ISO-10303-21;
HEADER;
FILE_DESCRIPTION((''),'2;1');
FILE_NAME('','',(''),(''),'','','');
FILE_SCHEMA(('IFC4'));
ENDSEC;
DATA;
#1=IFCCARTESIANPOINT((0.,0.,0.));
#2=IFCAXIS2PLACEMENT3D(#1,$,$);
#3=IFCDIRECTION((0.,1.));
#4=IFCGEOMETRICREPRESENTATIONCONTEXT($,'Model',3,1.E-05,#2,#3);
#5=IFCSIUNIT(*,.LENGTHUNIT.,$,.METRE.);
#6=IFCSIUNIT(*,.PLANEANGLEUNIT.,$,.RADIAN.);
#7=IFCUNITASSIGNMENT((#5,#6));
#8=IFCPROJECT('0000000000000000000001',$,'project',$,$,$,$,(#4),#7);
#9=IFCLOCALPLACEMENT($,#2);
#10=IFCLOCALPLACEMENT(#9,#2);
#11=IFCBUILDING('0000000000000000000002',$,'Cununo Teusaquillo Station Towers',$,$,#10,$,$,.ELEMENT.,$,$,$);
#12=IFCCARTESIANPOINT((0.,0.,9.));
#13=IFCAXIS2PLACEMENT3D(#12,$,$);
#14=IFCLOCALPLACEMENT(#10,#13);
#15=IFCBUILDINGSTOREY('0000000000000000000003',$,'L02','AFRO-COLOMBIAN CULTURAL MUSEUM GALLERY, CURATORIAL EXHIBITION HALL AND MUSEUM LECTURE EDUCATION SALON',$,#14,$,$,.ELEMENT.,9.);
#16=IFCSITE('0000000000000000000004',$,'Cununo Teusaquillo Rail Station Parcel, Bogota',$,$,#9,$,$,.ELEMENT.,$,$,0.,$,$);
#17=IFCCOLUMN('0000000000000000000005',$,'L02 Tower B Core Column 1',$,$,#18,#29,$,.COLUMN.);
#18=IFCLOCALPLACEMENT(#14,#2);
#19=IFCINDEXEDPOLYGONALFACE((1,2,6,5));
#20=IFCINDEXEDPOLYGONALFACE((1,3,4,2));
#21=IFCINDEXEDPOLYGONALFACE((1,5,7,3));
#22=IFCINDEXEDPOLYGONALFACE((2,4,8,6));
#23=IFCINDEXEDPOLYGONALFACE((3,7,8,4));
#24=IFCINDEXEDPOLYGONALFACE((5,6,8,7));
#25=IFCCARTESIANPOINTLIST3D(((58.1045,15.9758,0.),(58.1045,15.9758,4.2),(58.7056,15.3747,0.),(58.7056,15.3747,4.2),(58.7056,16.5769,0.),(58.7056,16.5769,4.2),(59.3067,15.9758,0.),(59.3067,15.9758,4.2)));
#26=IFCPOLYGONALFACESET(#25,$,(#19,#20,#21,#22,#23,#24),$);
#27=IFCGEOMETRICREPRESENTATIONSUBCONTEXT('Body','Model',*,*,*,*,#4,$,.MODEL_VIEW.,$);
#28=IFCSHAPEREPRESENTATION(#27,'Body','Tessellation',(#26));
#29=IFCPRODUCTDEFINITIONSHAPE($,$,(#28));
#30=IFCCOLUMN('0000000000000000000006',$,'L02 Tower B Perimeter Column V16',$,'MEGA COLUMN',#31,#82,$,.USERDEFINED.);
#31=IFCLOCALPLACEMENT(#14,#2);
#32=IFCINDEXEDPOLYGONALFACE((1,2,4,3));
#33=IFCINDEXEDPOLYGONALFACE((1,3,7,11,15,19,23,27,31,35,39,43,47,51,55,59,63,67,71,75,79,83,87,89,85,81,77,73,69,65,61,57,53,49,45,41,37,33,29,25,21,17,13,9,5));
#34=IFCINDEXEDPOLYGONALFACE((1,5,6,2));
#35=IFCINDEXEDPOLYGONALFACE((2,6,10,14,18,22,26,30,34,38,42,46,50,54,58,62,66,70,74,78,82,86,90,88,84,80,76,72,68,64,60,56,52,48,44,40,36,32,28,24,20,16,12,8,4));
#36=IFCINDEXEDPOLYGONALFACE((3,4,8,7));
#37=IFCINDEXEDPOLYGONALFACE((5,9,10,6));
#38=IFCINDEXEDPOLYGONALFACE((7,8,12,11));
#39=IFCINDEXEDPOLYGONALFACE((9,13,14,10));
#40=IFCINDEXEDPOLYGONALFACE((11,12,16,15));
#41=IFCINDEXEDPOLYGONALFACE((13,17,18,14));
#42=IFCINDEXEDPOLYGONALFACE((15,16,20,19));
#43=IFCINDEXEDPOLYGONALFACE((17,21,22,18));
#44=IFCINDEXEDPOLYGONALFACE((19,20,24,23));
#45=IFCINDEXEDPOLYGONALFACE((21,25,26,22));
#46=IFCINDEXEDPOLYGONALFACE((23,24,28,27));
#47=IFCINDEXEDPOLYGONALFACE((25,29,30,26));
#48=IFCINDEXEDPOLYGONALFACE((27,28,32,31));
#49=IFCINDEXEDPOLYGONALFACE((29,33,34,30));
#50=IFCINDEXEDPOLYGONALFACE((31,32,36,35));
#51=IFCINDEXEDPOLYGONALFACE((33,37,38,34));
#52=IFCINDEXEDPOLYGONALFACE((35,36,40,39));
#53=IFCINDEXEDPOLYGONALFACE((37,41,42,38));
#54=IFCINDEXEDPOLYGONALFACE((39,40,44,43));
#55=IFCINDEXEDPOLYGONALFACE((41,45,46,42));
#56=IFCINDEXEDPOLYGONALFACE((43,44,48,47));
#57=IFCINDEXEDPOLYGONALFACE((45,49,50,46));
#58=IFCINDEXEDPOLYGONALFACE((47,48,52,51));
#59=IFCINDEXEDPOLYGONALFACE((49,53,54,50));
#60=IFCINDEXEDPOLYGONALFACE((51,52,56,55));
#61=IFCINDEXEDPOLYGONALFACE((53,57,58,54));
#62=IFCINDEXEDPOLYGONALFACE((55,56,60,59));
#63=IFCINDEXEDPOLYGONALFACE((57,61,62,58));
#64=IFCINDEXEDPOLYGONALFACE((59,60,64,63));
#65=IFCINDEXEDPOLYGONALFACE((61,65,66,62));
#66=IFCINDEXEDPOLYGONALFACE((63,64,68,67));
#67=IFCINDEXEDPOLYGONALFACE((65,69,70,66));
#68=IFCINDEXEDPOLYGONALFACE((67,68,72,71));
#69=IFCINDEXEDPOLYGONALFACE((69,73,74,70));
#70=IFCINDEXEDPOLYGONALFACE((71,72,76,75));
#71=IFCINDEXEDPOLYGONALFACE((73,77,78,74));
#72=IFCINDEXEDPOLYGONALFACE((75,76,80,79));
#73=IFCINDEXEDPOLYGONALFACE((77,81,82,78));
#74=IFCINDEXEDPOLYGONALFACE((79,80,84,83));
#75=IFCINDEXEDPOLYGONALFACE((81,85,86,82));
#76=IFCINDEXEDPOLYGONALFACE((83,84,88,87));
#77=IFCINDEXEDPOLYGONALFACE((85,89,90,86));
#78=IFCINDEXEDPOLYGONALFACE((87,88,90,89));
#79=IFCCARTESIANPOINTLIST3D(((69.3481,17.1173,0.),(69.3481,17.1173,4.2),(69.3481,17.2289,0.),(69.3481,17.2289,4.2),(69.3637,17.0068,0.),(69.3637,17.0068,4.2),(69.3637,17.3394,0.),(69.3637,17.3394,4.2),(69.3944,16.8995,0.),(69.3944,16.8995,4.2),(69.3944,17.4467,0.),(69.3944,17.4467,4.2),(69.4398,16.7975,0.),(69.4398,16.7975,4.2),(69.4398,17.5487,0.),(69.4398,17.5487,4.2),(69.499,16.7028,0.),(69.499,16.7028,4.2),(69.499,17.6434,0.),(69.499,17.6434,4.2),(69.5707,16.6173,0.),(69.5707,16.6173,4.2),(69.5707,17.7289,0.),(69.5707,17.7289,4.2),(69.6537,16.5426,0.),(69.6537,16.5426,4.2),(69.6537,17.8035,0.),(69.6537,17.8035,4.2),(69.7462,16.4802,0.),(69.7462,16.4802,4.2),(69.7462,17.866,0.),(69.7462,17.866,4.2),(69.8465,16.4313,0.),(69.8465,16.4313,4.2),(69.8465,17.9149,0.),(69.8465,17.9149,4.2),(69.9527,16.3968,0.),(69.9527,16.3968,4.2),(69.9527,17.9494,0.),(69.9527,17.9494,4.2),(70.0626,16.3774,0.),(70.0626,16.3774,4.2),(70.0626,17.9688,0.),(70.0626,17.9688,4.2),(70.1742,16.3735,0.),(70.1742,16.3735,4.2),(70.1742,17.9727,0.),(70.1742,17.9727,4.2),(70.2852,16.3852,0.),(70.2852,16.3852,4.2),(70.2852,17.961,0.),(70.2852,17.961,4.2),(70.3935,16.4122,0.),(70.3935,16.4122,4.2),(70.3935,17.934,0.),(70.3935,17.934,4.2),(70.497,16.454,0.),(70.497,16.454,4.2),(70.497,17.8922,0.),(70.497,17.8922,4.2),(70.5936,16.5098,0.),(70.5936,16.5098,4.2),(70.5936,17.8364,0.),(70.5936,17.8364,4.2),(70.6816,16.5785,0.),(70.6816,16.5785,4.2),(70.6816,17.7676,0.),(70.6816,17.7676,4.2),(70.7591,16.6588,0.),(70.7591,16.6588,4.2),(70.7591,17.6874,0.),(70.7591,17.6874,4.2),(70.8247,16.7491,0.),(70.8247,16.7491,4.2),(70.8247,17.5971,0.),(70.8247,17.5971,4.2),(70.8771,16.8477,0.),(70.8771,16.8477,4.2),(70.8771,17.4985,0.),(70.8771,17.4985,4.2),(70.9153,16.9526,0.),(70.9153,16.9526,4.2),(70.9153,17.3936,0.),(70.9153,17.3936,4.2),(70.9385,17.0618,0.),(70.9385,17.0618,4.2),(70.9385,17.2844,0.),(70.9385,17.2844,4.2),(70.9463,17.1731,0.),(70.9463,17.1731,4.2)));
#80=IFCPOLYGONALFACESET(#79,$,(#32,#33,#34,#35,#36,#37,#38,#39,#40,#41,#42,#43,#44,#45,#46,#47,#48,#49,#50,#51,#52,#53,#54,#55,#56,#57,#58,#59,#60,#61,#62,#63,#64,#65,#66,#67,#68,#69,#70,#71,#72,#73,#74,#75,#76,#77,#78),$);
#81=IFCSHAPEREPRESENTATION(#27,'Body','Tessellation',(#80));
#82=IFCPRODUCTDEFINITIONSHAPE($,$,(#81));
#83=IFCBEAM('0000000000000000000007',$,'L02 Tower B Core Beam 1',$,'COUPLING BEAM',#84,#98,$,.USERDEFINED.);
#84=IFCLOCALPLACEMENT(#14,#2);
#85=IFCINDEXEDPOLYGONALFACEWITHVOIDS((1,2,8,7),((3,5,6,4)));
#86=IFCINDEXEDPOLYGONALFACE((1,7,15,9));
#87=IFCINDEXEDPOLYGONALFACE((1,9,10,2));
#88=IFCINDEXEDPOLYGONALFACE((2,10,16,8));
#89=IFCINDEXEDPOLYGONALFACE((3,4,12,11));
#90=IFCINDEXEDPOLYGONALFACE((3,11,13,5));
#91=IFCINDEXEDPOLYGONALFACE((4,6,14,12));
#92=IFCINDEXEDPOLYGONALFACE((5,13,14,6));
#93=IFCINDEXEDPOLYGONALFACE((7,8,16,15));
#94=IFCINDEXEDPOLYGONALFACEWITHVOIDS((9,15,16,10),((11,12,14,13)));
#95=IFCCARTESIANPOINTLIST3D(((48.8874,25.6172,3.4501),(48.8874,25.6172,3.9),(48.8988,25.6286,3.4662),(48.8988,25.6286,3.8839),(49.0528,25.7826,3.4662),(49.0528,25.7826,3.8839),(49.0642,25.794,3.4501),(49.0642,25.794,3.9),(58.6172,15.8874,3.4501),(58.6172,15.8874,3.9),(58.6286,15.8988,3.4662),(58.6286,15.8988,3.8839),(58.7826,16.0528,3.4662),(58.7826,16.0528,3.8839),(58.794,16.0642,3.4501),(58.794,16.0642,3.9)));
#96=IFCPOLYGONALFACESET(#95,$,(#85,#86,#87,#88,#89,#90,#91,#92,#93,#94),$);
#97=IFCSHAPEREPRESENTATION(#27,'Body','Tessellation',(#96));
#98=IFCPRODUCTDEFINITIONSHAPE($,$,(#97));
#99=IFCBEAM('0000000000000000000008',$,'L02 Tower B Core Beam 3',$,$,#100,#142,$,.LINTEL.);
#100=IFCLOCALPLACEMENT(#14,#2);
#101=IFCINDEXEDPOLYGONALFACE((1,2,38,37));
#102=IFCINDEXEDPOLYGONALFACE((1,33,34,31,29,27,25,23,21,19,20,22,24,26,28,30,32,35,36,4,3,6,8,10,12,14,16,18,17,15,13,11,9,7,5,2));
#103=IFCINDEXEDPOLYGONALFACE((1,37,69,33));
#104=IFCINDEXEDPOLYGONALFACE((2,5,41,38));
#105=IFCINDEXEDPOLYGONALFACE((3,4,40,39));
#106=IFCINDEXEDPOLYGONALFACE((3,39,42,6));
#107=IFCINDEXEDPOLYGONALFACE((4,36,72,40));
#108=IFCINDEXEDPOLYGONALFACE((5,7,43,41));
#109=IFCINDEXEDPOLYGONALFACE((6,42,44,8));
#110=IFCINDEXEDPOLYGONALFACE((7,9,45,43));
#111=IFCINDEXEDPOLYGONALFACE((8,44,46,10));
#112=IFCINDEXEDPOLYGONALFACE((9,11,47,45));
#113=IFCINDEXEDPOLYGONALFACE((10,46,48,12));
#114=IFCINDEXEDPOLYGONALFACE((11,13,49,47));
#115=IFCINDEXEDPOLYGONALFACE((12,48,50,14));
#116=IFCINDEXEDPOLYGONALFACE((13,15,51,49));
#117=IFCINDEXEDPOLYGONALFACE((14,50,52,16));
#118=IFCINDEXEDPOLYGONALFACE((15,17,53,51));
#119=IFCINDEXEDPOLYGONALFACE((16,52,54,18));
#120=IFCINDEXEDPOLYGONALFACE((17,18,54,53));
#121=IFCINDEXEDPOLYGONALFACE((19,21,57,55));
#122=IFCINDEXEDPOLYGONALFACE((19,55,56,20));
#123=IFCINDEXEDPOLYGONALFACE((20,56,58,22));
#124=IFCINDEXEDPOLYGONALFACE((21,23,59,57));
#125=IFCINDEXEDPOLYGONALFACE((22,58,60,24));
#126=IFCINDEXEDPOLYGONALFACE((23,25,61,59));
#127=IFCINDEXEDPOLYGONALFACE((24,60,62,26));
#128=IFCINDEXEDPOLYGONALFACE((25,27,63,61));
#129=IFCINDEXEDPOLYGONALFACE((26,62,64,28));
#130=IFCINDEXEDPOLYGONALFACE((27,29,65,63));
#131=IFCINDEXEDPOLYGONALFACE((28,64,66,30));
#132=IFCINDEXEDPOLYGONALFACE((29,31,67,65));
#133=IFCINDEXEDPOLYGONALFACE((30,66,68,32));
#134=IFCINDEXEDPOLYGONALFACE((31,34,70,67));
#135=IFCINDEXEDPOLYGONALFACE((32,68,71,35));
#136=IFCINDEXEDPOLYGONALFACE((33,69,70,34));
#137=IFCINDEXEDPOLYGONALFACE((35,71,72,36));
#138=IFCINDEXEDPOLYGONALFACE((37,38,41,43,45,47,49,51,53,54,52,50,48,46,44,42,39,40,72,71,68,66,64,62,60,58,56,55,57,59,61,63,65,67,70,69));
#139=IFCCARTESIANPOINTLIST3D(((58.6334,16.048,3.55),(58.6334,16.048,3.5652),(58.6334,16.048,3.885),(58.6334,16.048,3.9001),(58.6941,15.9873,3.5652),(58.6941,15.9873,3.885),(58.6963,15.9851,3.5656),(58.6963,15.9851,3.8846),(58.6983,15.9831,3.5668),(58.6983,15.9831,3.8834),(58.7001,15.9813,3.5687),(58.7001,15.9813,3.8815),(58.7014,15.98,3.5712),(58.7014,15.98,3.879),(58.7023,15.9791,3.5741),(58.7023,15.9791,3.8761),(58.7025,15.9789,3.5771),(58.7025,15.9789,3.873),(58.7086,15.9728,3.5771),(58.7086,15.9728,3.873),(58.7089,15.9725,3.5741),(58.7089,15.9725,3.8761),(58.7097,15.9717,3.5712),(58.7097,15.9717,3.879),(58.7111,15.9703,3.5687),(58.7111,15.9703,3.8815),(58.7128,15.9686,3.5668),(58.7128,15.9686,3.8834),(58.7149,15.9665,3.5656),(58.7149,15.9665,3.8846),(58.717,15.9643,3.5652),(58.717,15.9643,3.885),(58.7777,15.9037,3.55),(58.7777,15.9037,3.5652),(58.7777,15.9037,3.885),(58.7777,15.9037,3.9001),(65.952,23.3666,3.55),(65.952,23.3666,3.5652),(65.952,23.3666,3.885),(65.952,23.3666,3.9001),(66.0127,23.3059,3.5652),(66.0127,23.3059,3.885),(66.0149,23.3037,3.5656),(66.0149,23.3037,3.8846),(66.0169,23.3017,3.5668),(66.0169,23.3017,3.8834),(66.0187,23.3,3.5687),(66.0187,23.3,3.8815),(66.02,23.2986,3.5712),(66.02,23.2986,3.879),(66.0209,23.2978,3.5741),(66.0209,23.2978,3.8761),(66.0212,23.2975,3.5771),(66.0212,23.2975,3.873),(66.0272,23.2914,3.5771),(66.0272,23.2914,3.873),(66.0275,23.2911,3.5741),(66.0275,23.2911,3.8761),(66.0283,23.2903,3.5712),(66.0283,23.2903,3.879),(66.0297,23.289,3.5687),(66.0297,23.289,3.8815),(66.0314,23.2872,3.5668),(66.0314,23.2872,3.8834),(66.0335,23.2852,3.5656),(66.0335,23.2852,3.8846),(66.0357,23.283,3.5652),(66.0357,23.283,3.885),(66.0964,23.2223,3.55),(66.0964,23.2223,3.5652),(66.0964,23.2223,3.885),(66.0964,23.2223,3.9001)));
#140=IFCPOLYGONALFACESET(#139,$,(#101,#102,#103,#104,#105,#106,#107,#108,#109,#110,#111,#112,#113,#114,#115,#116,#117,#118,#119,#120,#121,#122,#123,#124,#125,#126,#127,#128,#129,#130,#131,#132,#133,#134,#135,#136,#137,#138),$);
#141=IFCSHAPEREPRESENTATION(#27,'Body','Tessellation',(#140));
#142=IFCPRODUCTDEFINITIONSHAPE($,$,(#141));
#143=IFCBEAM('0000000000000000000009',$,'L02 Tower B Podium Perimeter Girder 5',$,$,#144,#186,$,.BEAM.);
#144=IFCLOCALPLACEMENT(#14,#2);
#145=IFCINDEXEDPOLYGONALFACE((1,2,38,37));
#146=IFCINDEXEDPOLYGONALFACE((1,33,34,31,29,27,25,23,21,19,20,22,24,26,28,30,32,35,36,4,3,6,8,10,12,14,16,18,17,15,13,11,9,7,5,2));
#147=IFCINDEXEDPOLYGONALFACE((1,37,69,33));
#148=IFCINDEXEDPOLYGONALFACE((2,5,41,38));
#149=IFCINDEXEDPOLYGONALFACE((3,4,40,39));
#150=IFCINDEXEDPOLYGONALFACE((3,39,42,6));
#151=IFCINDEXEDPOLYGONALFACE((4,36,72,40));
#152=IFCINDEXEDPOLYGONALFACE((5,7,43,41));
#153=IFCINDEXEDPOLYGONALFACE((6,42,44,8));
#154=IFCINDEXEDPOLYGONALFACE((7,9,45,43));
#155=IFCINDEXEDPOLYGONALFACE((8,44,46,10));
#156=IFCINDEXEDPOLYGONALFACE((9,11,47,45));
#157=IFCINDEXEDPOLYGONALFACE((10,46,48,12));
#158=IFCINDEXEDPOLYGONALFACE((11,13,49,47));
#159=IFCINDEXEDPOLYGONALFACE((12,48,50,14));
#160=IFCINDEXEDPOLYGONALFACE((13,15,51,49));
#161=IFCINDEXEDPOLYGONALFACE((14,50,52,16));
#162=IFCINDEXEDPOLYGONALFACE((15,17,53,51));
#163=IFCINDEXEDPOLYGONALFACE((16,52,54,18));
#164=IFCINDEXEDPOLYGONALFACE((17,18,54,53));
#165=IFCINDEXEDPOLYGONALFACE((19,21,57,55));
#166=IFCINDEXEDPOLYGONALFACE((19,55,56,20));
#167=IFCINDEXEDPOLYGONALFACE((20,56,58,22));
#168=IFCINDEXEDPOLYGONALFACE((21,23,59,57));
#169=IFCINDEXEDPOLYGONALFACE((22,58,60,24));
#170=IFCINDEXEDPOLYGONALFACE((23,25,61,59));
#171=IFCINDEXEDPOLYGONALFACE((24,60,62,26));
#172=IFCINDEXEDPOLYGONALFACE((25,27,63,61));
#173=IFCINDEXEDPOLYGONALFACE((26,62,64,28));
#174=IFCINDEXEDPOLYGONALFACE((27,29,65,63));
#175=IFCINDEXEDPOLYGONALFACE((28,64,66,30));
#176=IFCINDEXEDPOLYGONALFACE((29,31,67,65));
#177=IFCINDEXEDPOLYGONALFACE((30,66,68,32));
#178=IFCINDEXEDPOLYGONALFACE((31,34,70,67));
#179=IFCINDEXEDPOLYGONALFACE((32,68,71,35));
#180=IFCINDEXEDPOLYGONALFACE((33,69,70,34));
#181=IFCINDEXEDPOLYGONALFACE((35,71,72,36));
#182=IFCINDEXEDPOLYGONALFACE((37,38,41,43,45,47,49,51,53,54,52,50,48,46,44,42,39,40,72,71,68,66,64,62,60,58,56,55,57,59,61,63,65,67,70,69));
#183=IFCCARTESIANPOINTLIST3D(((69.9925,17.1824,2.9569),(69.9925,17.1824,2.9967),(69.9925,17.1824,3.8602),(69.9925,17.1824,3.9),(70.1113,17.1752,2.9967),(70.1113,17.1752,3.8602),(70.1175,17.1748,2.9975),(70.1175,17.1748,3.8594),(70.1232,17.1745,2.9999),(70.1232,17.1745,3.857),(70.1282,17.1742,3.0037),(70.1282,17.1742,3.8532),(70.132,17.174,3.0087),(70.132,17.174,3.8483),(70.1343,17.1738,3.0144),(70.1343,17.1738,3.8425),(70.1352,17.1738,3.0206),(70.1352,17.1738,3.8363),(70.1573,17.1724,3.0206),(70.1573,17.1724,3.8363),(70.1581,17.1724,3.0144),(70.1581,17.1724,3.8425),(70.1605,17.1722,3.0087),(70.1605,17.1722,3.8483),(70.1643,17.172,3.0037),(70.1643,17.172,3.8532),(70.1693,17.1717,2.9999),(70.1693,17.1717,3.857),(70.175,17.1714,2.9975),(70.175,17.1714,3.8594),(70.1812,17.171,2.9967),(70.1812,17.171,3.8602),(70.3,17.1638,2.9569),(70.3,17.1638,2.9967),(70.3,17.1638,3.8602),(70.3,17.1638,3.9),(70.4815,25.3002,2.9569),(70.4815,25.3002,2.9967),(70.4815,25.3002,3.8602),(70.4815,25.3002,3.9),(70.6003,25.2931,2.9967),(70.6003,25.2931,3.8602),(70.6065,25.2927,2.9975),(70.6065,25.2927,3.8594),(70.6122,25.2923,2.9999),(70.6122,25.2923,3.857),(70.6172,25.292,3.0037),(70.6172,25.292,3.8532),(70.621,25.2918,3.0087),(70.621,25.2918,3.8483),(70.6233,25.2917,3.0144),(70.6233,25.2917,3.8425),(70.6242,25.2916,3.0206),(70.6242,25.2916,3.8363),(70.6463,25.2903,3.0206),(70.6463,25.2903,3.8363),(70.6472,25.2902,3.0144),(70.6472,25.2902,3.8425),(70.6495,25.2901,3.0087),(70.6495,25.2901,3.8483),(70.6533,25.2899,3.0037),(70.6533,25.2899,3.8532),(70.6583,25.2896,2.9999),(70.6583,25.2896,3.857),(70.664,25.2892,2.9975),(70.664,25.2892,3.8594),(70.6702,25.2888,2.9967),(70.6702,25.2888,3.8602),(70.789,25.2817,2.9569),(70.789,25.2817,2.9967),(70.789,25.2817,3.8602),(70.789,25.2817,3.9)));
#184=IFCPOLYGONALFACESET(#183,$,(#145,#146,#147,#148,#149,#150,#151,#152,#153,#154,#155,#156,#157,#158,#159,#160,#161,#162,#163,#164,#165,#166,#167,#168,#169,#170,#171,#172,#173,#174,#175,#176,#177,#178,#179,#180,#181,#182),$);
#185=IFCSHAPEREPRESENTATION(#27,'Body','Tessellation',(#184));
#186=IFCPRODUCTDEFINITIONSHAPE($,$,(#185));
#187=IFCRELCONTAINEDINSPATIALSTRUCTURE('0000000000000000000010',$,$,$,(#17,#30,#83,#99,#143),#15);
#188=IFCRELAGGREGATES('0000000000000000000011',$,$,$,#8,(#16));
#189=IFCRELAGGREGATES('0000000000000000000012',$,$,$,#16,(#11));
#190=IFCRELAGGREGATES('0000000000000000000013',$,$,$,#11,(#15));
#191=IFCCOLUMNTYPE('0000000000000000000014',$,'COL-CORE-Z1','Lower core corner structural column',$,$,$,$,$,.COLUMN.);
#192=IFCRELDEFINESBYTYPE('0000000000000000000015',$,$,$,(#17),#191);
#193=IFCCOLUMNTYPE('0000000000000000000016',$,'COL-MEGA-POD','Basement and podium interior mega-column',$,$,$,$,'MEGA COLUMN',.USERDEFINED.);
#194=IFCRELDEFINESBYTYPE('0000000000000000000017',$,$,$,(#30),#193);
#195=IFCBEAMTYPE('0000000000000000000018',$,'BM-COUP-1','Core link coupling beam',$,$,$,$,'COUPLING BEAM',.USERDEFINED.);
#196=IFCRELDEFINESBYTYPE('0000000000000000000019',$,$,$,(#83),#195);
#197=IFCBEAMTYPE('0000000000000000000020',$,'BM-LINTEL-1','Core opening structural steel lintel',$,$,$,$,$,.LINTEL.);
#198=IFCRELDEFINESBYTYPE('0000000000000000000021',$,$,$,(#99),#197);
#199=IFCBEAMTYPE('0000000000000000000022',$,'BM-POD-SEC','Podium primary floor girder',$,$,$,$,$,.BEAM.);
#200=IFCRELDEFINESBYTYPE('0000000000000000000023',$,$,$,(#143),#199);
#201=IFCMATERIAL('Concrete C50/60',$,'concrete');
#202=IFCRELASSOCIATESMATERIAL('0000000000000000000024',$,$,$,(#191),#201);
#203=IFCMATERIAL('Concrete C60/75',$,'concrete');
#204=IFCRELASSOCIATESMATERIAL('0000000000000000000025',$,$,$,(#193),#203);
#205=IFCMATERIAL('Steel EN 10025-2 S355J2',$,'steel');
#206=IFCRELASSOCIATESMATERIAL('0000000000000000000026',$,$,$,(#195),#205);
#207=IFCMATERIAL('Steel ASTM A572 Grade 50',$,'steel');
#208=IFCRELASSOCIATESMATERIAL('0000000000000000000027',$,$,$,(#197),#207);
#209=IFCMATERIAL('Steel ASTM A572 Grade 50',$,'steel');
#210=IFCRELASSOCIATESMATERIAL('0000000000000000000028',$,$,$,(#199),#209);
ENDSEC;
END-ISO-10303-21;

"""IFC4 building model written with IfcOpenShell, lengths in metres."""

from ifc_helpers import new_model, si_unit, direction, frame, origin, origin_2d, place, context, subcontext, project, spatial, rectangle, hollow_rectangle, circle, i_section, extrude, material, material_profile, profile_set, type_object, element, save


model = new_model("IFC4")

# Units and contexts
model_context = context("Model", 3, precision=1e-05, world=origin(), true_north=direction((0.0, 1.0)))
body_context = subcontext(model_context, "Body", "Model", "MODEL_VIEW")
ifc_project = project(units=[si_unit("LENGTHUNIT", "METRE"), si_unit("PLANEANGLEUNIT", "RADIAN")], contexts=[model_context])

# Site, building, storey
site_placement = place(None, origin())
site = spatial("IfcSite", under=ifc_project, at=site_placement, Name="Cununo Teusaquillo Rail Station Parcel, Bogota", CompositionType="ELEMENT", RefElevation=0.0)
building_placement = place(site_placement, origin())
building = spatial("IfcBuilding", under=site, at=building_placement, Name="Cununo Teusaquillo Station Towers", CompositionType="ELEMENT")
storey_placement = place(building_placement, frame((0.0, 0.0, 9.0)))
storey = spatial("IfcBuildingStorey", under=building, at=storey_placement, Name="L02", Description="AFRO-COLOMBIAN CULTURAL MUSEUM GALLERY, CURATORIAL EXHIBITION HALL AND MUSEUM LECTURE EDUCATION SALON", CompositionType="ELEMENT", Elevation=9.0)

# Columns
ifc_material_1 = material(Name="Concrete C50/60", Category="concrete")
ifc_material_profile_1 = material_profile(ifc_material_1, rectangle(XDim=0.8501, YDim=0.8501, at=origin_2d()), Name="RC-RECT-850x850")
ifc_profile_set_1 = profile_set([ifc_material_profile_1], Name="Concrete C50/60")
column_type_1 = type_object("IfcColumnType", Name="COL-CORE-Z1", Description="Lower core corner structural column", PredefinedType="COLUMN", material=ifc_profile_set_1)
column_1_placement = place(storey_placement, frame((58.7056, 15.9758, 0.0), z_axis=(0.0, 0.0, 1.0), x_axis=(0.707107, 0.707107, 0.0)))
element("IfcColumn", 1, at=column_1_placement, inside=storey, type_object=column_type_1, Name="L02 Tower B Core Column 1", PredefinedType="COLUMN", context=body_context, shape_type="SweptSolid", body=[
    extrude(rectangle(XDim=0.8501, YDim=0.8501, at=origin_2d()), origin(), (0.0, 0.0, 1.0), 4.2),
])
ifc_material_2 = material(Name="Concrete C60/75", Category="concrete")
ifc_material_profile_2 = material_profile(ifc_material_2, circle(Radius=0.8, at=origin_2d()), Name="RC-CIRC-1600")
ifc_profile_set_2 = profile_set([ifc_material_profile_2], Name="Concrete C60/75")
column_type_2 = type_object("IfcColumnType", Name="COL-MEGA-POD", Description="Basement and podium interior mega-column", ElementType="MEGA COLUMN", PredefinedType="USERDEFINED", material=ifc_profile_set_2)
column_2_placement = place(storey_placement, frame((70.1462, 17.1731, 0.0), z_axis=(0.0, 0.0, 1.0), x_axis=(1.0, 0.0, 0.0)))
element("IfcColumn", 2, at=column_2_placement, inside=storey, type_object=column_type_2, Name="L02 Tower B Perimeter Column V16", ObjectType="MEGA COLUMN", PredefinedType="USERDEFINED", context=body_context, shape_type="SweptSolid", body=[
    extrude(circle(Radius=0.8, at=origin_2d()), origin(), (0.0, 0.0, 1.0), 4.2),
])

# Beams
ifc_material_3 = material(Name="Steel EN 10025-2 S355J2", Category="steel")
ifc_material_profile_3 = material_profile(ifc_material_3, hollow_rectangle(XDim=0.25, YDim=0.45, WallThickness=0.0161, at=origin_2d()), Name="RHS 450x250x16")
ifc_profile_set_3 = profile_set([ifc_material_profile_3], Name="Steel EN 10025-2 S355J2")
beam_type_1 = type_object("IfcBeamType", Name="BM-COUP-1", Description="Core link coupling beam", ElementType="COUPLING BEAM", PredefinedType="USERDEFINED", material=ifc_profile_set_3)
beam_1_placement = place(storey_placement, frame((58.7056, 15.9758, 3.675), z_axis=(-0.707107, 0.707107, 0.0), x_axis=(-0.707107, -0.707107, 0.0)))
element("IfcBeam", 3, at=beam_1_placement, inside=storey, type_object=beam_type_1, Name="L02 Tower B Core Beam 1", ObjectType="COUPLING BEAM", PredefinedType="USERDEFINED", context=body_context, shape_type="SweptSolid", body=[
    extrude(hollow_rectangle(XDim=0.25, YDim=0.45, WallThickness=0.0161, at=origin_2d()), origin(), (0.0, 0.0, 1.0), 13.76),
])
ifc_material_4 = material(Name="Steel ASTM A572 Grade 50", Category="steel")
ifc_material_profile_4 = material_profile(ifc_material_4, i_section(OverallWidth=0.2041, OverallDepth=0.3501, WebThickness=0.0085, FlangeThickness=0.0151, FilletRadius=0.012, at=origin_2d()), Name="W14X48")
ifc_profile_set_4 = profile_set([ifc_material_profile_4], Name="Steel ASTM A572 Grade 50")
beam_type_2 = type_object("IfcBeamType", Name="BM-LINTEL-1", Description="Core opening structural steel lintel", PredefinedType="LINTEL", material=ifc_profile_set_4)
beam_2_placement = place(storey_placement, frame((58.7056, 15.9758, 3.7251), z_axis=(0.707107, 0.707107, 0.0), x_axis=(-0.707107, 0.707107, 0.0)))
element("IfcBeam", 4, at=beam_2_placement, inside=storey, type_object=beam_type_2, Name="L02 Tower B Core Beam 3", PredefinedType="LINTEL", context=body_context, shape_type="SweptSolid", body=[
    extrude(i_section(OverallWidth=0.2041, OverallDepth=0.3501, WebThickness=0.0085, FlangeThickness=0.0151, FilletRadius=0.012, at=origin_2d()), origin(), (0.0, 0.0, 1.0), 10.3501),
])
ifc_material_5 = material(Name="Steel ASTM A572 Grade 50", Category="steel")
ifc_material_profile_5 = material_profile(ifc_material_5, i_section(OverallWidth=0.3081, OverallDepth=0.9431, WebThickness=0.0222, FlangeThickness=0.0398, FilletRadius=0.0239, at=origin_2d()), Name="W36X232")
ifc_profile_set_5 = profile_set([ifc_material_profile_5], Name="Steel ASTM A572 Grade 50")
beam_type_3 = type_object("IfcBeamType", Name="BM-POD-SEC", Description="Podium primary floor girder", PredefinedType="BEAM", material=ifc_profile_set_5)
beam_3_placement = place(storey_placement, frame((70.1462, 17.1731, 3.4285), z_axis=(0.06013, 0.998191, 0.0), x_axis=(-0.998191, 0.06013, 0.0)))
element("IfcBeam", 5, at=beam_3_placement, inside=storey, type_object=beam_type_3, Name="L02 Tower B Podium Perimeter Girder 5", PredefinedType="BEAM", context=body_context, shape_type="SweptSolid", body=[
    extrude(i_section(OverallWidth=0.3081, OverallDepth=0.9431, WebThickness=0.0222, FlangeThickness=0.0398, FilletRadius=0.0239, at=origin_2d()), origin(), (0.0, 0.0, 1.0), 8.1326),
])

save(model, "model.ifc")
